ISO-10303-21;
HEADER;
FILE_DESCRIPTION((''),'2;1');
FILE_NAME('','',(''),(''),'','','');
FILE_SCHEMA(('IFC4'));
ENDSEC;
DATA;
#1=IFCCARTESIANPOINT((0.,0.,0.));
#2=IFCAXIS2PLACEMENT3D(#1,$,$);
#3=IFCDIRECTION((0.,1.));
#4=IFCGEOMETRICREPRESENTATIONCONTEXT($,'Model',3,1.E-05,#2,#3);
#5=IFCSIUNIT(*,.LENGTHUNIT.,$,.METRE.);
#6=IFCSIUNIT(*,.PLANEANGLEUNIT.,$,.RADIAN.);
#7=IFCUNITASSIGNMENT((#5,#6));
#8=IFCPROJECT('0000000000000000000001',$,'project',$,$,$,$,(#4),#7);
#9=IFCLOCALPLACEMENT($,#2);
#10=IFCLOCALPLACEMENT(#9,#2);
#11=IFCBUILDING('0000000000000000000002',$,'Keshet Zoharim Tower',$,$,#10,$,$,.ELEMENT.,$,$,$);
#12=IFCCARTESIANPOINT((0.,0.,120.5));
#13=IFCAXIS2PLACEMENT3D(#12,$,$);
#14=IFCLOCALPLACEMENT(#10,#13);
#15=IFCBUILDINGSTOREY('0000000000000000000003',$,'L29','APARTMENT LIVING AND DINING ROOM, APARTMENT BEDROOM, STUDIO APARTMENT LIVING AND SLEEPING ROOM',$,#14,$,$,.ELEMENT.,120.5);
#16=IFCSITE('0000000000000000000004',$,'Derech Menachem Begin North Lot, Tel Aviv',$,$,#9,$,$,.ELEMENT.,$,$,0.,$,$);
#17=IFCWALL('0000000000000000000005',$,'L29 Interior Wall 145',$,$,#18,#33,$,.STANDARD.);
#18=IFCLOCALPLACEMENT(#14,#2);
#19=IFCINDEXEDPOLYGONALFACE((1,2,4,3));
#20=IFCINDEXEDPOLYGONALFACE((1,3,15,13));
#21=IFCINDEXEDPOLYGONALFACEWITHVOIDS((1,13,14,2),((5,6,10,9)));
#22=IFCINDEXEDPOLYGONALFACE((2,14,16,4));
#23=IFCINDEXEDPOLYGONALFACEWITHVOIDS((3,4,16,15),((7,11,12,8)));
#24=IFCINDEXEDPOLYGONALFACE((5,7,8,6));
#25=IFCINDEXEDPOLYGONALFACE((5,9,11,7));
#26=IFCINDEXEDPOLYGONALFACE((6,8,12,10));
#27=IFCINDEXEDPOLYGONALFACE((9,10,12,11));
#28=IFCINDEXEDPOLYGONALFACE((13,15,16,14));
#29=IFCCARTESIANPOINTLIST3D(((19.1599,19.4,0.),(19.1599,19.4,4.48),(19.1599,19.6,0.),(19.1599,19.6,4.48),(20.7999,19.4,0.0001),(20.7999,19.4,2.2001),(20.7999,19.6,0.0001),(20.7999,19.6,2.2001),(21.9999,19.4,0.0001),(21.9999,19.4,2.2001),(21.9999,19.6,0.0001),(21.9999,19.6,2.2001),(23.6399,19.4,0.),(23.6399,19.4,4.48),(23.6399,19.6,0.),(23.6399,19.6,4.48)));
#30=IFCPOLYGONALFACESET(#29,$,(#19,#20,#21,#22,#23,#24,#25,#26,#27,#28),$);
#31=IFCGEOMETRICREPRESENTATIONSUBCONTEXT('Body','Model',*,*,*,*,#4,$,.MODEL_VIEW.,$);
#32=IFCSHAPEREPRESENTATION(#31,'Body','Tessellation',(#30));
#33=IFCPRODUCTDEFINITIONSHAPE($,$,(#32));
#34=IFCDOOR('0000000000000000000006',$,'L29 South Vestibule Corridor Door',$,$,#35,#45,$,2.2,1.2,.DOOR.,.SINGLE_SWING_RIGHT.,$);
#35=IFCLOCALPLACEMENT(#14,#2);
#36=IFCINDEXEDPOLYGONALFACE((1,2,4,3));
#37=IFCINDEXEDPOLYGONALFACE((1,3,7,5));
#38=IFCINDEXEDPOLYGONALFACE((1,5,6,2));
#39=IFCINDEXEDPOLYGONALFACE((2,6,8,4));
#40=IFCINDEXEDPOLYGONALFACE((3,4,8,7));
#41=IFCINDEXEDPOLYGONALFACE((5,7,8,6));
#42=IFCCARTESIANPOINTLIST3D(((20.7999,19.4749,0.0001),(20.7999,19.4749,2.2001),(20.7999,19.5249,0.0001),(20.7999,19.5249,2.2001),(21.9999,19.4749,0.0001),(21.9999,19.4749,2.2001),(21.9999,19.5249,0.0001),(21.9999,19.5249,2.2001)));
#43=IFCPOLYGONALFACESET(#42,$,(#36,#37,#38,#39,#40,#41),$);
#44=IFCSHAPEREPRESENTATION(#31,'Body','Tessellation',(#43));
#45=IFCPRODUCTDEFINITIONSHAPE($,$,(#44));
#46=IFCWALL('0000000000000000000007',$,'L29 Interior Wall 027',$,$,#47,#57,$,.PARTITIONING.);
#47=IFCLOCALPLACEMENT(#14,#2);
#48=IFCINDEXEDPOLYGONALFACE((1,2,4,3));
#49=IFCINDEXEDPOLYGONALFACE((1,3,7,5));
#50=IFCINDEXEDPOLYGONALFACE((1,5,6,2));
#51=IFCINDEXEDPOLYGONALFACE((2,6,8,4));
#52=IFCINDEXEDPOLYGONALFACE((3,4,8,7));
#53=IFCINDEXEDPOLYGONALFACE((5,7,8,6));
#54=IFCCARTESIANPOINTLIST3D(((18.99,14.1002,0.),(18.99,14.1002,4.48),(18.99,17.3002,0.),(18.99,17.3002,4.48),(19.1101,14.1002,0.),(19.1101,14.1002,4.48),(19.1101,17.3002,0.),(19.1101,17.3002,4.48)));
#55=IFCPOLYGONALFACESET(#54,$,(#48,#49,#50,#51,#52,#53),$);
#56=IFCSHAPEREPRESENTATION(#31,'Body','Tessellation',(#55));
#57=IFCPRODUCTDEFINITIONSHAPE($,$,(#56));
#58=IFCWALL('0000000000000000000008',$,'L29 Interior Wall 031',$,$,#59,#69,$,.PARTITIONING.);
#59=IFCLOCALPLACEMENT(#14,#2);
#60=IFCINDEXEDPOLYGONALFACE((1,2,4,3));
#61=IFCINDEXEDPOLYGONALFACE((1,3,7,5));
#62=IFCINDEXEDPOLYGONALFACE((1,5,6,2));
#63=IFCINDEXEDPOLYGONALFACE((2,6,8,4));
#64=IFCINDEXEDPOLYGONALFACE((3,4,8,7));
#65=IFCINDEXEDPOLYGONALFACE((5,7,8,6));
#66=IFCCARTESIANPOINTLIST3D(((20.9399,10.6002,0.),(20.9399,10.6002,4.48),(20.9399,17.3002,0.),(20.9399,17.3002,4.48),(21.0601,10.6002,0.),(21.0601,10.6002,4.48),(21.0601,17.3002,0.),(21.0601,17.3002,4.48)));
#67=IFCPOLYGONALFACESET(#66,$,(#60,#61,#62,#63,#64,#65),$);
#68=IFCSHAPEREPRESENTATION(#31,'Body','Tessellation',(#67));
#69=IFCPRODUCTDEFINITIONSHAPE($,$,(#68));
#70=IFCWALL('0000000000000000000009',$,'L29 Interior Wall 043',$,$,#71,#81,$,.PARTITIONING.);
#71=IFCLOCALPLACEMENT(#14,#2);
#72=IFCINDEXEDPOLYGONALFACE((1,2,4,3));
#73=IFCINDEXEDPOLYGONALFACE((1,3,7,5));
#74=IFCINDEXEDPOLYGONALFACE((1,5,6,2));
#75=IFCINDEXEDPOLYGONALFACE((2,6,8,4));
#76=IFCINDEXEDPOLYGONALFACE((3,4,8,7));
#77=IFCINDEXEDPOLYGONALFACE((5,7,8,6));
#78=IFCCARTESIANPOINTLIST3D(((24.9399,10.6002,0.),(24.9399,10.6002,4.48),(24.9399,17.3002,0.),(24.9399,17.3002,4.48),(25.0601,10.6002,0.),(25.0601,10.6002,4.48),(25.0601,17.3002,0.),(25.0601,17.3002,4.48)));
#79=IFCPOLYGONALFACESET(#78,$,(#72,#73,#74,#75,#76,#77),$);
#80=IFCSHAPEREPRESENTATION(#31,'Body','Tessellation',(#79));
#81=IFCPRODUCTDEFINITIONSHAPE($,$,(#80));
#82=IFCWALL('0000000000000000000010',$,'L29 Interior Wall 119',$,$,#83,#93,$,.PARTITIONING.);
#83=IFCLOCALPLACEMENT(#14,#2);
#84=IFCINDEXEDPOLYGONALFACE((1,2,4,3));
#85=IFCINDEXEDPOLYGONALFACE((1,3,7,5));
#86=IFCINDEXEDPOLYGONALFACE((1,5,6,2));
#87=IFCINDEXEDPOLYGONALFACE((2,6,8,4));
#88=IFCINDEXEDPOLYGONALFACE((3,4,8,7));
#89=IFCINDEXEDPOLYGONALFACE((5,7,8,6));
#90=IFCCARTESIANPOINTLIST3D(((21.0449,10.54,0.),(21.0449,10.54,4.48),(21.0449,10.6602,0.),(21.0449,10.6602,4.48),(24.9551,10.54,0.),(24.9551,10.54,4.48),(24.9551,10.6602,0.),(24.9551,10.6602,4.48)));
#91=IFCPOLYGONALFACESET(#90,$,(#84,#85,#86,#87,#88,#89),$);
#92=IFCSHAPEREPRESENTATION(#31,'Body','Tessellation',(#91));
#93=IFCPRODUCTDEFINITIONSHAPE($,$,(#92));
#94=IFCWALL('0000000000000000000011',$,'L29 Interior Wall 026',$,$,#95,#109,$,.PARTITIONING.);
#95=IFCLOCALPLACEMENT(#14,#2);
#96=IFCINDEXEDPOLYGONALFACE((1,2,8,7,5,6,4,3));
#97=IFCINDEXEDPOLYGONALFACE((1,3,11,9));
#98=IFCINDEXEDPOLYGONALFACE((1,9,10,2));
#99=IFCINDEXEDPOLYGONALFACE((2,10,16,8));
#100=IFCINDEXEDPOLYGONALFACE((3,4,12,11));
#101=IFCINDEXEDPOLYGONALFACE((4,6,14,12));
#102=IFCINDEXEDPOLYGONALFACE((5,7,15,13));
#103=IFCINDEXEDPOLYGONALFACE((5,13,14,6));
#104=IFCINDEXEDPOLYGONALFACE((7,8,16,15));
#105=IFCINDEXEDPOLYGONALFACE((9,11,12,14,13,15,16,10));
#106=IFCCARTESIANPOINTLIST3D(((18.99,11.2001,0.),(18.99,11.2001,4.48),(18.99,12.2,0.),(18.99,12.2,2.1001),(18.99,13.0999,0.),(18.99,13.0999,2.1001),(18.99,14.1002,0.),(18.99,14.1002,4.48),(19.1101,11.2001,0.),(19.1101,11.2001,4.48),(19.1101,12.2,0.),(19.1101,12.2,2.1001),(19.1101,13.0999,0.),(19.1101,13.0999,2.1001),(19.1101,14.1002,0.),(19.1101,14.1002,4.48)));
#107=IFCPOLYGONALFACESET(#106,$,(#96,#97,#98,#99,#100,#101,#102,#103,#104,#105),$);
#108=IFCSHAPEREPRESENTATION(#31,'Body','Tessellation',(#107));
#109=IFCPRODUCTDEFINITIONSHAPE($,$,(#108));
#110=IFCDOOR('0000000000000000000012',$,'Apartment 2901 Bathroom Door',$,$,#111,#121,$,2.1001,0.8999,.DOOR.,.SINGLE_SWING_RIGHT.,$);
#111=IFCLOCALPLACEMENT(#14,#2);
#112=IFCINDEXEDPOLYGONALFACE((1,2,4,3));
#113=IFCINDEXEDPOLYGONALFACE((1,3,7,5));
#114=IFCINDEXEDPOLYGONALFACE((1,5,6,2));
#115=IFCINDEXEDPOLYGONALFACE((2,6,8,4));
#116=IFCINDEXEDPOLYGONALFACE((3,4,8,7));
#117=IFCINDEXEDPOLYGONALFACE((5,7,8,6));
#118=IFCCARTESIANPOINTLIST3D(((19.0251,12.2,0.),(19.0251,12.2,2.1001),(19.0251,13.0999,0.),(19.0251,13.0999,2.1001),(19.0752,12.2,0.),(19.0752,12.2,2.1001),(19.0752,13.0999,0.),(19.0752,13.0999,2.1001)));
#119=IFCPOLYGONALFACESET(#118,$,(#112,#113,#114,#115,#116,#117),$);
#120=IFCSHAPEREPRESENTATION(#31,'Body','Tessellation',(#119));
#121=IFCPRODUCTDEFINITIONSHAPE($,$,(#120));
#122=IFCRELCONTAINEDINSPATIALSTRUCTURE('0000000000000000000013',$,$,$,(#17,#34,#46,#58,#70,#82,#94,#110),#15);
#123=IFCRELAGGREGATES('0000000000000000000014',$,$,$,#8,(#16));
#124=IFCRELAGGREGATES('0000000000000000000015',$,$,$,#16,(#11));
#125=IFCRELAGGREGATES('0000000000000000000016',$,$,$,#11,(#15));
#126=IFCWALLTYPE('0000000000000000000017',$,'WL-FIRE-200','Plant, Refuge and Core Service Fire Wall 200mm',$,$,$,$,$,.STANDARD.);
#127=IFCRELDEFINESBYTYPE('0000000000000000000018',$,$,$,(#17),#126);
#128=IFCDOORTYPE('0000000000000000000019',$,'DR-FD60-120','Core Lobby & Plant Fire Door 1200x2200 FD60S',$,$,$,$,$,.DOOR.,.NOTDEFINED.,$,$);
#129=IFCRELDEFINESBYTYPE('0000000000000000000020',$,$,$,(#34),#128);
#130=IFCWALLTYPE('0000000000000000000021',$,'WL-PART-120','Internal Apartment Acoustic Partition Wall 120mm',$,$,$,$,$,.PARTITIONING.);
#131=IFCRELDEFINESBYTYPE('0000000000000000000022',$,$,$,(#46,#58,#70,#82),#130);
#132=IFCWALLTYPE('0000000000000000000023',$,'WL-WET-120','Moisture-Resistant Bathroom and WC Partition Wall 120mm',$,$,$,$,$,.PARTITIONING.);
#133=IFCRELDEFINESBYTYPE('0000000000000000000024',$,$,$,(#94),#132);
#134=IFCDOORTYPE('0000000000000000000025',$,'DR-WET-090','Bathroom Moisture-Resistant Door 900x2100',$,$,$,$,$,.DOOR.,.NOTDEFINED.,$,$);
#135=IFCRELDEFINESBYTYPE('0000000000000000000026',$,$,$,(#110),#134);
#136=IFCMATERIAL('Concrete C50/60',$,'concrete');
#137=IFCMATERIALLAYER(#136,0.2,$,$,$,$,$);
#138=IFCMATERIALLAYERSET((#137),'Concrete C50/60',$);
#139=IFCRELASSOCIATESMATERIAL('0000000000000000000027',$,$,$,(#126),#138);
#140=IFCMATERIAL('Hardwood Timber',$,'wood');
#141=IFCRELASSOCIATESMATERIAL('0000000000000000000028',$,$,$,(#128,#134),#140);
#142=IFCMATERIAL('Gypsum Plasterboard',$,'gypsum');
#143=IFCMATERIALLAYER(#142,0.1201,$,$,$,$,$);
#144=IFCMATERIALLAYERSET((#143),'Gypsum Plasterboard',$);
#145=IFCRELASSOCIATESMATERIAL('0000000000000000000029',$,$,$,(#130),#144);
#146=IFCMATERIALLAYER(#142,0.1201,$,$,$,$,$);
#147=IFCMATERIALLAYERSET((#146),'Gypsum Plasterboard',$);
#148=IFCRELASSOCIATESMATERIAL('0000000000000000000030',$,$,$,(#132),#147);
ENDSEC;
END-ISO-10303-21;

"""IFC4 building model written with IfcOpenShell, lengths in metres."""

from ifc_helpers import new_model, si_unit, direction, frame, frame_2d, origin, place, context, subcontext, project, spatial, rectangle, extrude, material, layer, layer_set, type_object, element, fill, save


model = new_model("IFC4")

# Units and contexts
model_context = context("Model", 3, precision=1e-05, world=origin(), true_north=direction((0.0, 1.0)))
body_context = subcontext(model_context, "Body", "Model", "MODEL_VIEW")
ifc_project = project(units=[si_unit("LENGTHUNIT", "METRE"), si_unit("PLANEANGLEUNIT", "RADIAN")], contexts=[model_context])

# Site, building, storey
site_placement = place(None, origin())
site = spatial("IfcSite", under=ifc_project, at=site_placement, Name="Derech Menachem Begin North Lot, Tel Aviv", CompositionType="ELEMENT", RefElevation=0.0)
building_placement = place(site_placement, origin())
building = spatial("IfcBuilding", under=site, at=building_placement, Name="Keshet Zoharim Tower", CompositionType="ELEMENT")
storey_placement = place(building_placement, frame((0.0, 0.0, 120.5)))
storey = spatial("IfcBuildingStorey", under=building, at=storey_placement, Name="L29", Description="APARTMENT LIVING AND DINING ROOM, APARTMENT BEDROOM, STUDIO APARTMENT LIVING AND SLEEPING ROOM", CompositionType="ELEMENT", Elevation=120.5)

# Shared definitions
ifc_material_1 = material(Name="Gypsum Plasterboard", Category="gypsum")
ifc_material_2 = material(Name="Hardwood Timber", Category="wood")

# Wall, opening, door
ifc_material_3 = material(Name="Concrete C50/60", Category="concrete")
ifc_layer_1 = layer(ifc_material_3, 0.2)
ifc_layer_set_1 = layer_set([ifc_layer_1], Name="Concrete C50/60")
wall_type_1 = type_object("IfcWallType", Name="WL-FIRE-200", Description="Plant, Refuge and Core Service Fire Wall 200mm", PredefinedType="STANDARD", material=ifc_layer_set_1)
wall_1_placement = place(storey_placement, frame((19.1599, 19.5, 0.0), z_axis=(0.0, 0.0, 1.0), x_axis=(1.0, 0.0, 0.0)))
wall_1 = element("IfcWall", 1, at=wall_1_placement, inside=storey, type_object=wall_type_1, Name="L29 Interior Wall 145", PredefinedType="STANDARD", context=body_context, shape_type="SweptSolid", body=[
    extrude(rectangle(XDim=4.48, YDim=0.2, at=frame_2d((2.24, 0.0))), origin(), (0.0, 0.0, 1.0), 4.48),
])
opening_1_placement = place(wall_1_placement, frame((1.6399, 0.0, 0.0)))
opening_1 = element("IfcOpeningElement", 2, at=opening_1_placement, cuts=wall_1, PredefinedType="OPENING", context=body_context, shape_type="SweptSolid", body=[
    extrude(rectangle(XDim=1.2, YDim=2.2, at=frame_2d((0.6001, 1.1001))), frame((0.0, 0.1099, 0.0), z_axis=(0.0, -1.0, 0.0), x_axis=(1.0, 0.0, 0.0)), (0.0, 0.0, 1.0), 0.22),
])
door_type_1 = type_object("IfcDoorType", Name="DR-FD60-120", Description="Core Lobby & Plant Fire Door 1200x2200 FD60S", OperationType="NOTDEFINED", PredefinedType="DOOR", material=ifc_material_2)
door_1_placement = place(opening_1_placement, origin())
door_1 = element("IfcDoor", 3, at=door_1_placement, inside=storey, type_object=door_type_1, Name="L29 South Vestibule Corridor Door", OperationType="SINGLE_SWING_RIGHT", OverallHeight=2.2, OverallWidth=1.2, PredefinedType="DOOR", context=body_context, shape_type="SweptSolid", body=[
    extrude(rectangle(XDim=1.2, YDim=2.2, at=frame_2d((0.6001, 1.1001))), frame((0.0, 0.0249, 0.0), z_axis=(0.0, -1.0, 0.0), x_axis=(1.0, 0.0, 0.0)), (0.0, 0.0, 1.0), 0.05),
])
fill(opening_1, door_1)

# Walls
ifc_layer_2 = layer(ifc_material_1, 0.1201)
ifc_layer_set_2 = layer_set([ifc_layer_2], Name="Gypsum Plasterboard")
wall_type_2 = type_object("IfcWallType", Name="WL-PART-120", Description="Internal Apartment Acoustic Partition Wall 120mm", PredefinedType="PARTITIONING", material=ifc_layer_set_2)
wall_2_placement = place(storey_placement, frame((19.05, 14.1001, 0.0), z_axis=(0.0, 0.0, 1.0), x_axis=(0.0, 1.0, 0.0)))
element("IfcWall", 4, at=wall_2_placement, inside=storey, type_object=wall_type_2, Name="L29 Interior Wall 027", PredefinedType="PARTITIONING", context=body_context, shape_type="SweptSolid", body=[
    extrude(rectangle(XDim=3.2, YDim=0.1201, at=frame_2d((1.6001, 0.0))), origin(), (0.0, 0.0, 1.0), 4.48),
])
for number, where, z_axis, x_axis, name in (
    (5, (21.0, 10.6001, 0.0), (0.0, 0.0, 1.0), (0.0, 1.0, 0.0), "L29 Interior Wall 031"),
    (6, (25.0, 10.6001, 0.0), (0.0, 0.0, 1.0), (0.0, 1.0, 0.0), "L29 Interior Wall 043"),
):
    element("IfcWall", number, at=place(storey_placement, frame(where, z_axis=z_axis, x_axis=x_axis)), inside=storey, type_object=wall_type_2, Name=name, PredefinedType="PARTITIONING", context=body_context, shape_type="SweptSolid", body=[
        extrude(rectangle(XDim=6.7, YDim=0.1201, at=frame_2d((3.3501, 0.0))), origin(), (0.0, 0.0, 1.0), 4.48),
    ])
wall_3_placement = place(storey_placement, frame((21.0449, 10.6001, 0.0), z_axis=(0.0, 0.0, 1.0), x_axis=(1.0, 0.0, 0.0)))
element("IfcWall", 7, at=wall_3_placement, inside=storey, type_object=wall_type_2, Name="L29 Interior Wall 119", PredefinedType="PARTITIONING", context=body_context, shape_type="SweptSolid", body=[
    extrude(rectangle(XDim=3.9102, YDim=0.1201, at=frame_2d((1.9551, 0.0))), origin(), (0.0, 0.0, 1.0), 4.48),
])

# Wall, opening, door
ifc_layer_3 = layer(ifc_material_1, 0.1201)
ifc_layer_set_3 = layer_set([ifc_layer_3], Name="Gypsum Plasterboard")
wall_type_3 = type_object("IfcWallType", Name="WL-WET-120", Description="Moisture-Resistant Bathroom and WC Partition Wall 120mm", PredefinedType="PARTITIONING", material=ifc_layer_set_3)
wall_4_placement = place(storey_placement, frame((19.05, 11.2, 0.0), z_axis=(0.0, 0.0, 1.0), x_axis=(0.0, 1.0, 0.0)))
wall_4 = element("IfcWall", 8, at=wall_4_placement, inside=storey, type_object=wall_type_3, Name="L29 Interior Wall 026", PredefinedType="PARTITIONING", context=body_context, shape_type="SweptSolid", body=[
    extrude(rectangle(XDim=2.9001, YDim=0.1201, at=frame_2d((1.4502, 0.0))), origin(), (0.0, 0.0, 1.0), 4.48),
])
opening_2_placement = place(wall_4_placement, frame((1.0, 0.0, 0.0)))
opening_2 = element("IfcOpeningElement", 9, at=opening_2_placement, cuts=wall_4, PredefinedType="OPENING", context=body_context, shape_type="SweptSolid", body=[
    extrude(rectangle(XDim=0.8999, YDim=2.1001, at=frame_2d((0.45, 1.05))), frame((0.0, 0.0701, 0.0), z_axis=(0.0, -1.0, 0.0), x_axis=(1.0, 0.0, 0.0)), (0.0, 0.0, 1.0), 0.1401),
])
door_type_2 = type_object("IfcDoorType", Name="DR-WET-090", Description="Bathroom Moisture-Resistant Door 900x2100", OperationType="NOTDEFINED", PredefinedType="DOOR", material=ifc_material_2)
door_2_placement = place(opening_2_placement, origin())
door_2 = element("IfcDoor", 10, at=door_2_placement, inside=storey, type_object=door_type_2, Name="Apartment 2901 Bathroom Door", OperationType="SINGLE_SWING_RIGHT", OverallHeight=2.1001, OverallWidth=0.8999, PredefinedType="DOOR", context=body_context, shape_type="SweptSolid", body=[
    extrude(rectangle(XDim=0.8999, YDim=2.1001, at=frame_2d((0.45, 1.05))), frame((0.0, 0.0249, 0.0), z_axis=(0.0, -1.0, 0.0), x_axis=(1.0, 0.0, 0.0)), (0.0, 0.0, 1.0), 0.05),
])
fill(opening_2, door_2)

save(model, "model.ifc")
